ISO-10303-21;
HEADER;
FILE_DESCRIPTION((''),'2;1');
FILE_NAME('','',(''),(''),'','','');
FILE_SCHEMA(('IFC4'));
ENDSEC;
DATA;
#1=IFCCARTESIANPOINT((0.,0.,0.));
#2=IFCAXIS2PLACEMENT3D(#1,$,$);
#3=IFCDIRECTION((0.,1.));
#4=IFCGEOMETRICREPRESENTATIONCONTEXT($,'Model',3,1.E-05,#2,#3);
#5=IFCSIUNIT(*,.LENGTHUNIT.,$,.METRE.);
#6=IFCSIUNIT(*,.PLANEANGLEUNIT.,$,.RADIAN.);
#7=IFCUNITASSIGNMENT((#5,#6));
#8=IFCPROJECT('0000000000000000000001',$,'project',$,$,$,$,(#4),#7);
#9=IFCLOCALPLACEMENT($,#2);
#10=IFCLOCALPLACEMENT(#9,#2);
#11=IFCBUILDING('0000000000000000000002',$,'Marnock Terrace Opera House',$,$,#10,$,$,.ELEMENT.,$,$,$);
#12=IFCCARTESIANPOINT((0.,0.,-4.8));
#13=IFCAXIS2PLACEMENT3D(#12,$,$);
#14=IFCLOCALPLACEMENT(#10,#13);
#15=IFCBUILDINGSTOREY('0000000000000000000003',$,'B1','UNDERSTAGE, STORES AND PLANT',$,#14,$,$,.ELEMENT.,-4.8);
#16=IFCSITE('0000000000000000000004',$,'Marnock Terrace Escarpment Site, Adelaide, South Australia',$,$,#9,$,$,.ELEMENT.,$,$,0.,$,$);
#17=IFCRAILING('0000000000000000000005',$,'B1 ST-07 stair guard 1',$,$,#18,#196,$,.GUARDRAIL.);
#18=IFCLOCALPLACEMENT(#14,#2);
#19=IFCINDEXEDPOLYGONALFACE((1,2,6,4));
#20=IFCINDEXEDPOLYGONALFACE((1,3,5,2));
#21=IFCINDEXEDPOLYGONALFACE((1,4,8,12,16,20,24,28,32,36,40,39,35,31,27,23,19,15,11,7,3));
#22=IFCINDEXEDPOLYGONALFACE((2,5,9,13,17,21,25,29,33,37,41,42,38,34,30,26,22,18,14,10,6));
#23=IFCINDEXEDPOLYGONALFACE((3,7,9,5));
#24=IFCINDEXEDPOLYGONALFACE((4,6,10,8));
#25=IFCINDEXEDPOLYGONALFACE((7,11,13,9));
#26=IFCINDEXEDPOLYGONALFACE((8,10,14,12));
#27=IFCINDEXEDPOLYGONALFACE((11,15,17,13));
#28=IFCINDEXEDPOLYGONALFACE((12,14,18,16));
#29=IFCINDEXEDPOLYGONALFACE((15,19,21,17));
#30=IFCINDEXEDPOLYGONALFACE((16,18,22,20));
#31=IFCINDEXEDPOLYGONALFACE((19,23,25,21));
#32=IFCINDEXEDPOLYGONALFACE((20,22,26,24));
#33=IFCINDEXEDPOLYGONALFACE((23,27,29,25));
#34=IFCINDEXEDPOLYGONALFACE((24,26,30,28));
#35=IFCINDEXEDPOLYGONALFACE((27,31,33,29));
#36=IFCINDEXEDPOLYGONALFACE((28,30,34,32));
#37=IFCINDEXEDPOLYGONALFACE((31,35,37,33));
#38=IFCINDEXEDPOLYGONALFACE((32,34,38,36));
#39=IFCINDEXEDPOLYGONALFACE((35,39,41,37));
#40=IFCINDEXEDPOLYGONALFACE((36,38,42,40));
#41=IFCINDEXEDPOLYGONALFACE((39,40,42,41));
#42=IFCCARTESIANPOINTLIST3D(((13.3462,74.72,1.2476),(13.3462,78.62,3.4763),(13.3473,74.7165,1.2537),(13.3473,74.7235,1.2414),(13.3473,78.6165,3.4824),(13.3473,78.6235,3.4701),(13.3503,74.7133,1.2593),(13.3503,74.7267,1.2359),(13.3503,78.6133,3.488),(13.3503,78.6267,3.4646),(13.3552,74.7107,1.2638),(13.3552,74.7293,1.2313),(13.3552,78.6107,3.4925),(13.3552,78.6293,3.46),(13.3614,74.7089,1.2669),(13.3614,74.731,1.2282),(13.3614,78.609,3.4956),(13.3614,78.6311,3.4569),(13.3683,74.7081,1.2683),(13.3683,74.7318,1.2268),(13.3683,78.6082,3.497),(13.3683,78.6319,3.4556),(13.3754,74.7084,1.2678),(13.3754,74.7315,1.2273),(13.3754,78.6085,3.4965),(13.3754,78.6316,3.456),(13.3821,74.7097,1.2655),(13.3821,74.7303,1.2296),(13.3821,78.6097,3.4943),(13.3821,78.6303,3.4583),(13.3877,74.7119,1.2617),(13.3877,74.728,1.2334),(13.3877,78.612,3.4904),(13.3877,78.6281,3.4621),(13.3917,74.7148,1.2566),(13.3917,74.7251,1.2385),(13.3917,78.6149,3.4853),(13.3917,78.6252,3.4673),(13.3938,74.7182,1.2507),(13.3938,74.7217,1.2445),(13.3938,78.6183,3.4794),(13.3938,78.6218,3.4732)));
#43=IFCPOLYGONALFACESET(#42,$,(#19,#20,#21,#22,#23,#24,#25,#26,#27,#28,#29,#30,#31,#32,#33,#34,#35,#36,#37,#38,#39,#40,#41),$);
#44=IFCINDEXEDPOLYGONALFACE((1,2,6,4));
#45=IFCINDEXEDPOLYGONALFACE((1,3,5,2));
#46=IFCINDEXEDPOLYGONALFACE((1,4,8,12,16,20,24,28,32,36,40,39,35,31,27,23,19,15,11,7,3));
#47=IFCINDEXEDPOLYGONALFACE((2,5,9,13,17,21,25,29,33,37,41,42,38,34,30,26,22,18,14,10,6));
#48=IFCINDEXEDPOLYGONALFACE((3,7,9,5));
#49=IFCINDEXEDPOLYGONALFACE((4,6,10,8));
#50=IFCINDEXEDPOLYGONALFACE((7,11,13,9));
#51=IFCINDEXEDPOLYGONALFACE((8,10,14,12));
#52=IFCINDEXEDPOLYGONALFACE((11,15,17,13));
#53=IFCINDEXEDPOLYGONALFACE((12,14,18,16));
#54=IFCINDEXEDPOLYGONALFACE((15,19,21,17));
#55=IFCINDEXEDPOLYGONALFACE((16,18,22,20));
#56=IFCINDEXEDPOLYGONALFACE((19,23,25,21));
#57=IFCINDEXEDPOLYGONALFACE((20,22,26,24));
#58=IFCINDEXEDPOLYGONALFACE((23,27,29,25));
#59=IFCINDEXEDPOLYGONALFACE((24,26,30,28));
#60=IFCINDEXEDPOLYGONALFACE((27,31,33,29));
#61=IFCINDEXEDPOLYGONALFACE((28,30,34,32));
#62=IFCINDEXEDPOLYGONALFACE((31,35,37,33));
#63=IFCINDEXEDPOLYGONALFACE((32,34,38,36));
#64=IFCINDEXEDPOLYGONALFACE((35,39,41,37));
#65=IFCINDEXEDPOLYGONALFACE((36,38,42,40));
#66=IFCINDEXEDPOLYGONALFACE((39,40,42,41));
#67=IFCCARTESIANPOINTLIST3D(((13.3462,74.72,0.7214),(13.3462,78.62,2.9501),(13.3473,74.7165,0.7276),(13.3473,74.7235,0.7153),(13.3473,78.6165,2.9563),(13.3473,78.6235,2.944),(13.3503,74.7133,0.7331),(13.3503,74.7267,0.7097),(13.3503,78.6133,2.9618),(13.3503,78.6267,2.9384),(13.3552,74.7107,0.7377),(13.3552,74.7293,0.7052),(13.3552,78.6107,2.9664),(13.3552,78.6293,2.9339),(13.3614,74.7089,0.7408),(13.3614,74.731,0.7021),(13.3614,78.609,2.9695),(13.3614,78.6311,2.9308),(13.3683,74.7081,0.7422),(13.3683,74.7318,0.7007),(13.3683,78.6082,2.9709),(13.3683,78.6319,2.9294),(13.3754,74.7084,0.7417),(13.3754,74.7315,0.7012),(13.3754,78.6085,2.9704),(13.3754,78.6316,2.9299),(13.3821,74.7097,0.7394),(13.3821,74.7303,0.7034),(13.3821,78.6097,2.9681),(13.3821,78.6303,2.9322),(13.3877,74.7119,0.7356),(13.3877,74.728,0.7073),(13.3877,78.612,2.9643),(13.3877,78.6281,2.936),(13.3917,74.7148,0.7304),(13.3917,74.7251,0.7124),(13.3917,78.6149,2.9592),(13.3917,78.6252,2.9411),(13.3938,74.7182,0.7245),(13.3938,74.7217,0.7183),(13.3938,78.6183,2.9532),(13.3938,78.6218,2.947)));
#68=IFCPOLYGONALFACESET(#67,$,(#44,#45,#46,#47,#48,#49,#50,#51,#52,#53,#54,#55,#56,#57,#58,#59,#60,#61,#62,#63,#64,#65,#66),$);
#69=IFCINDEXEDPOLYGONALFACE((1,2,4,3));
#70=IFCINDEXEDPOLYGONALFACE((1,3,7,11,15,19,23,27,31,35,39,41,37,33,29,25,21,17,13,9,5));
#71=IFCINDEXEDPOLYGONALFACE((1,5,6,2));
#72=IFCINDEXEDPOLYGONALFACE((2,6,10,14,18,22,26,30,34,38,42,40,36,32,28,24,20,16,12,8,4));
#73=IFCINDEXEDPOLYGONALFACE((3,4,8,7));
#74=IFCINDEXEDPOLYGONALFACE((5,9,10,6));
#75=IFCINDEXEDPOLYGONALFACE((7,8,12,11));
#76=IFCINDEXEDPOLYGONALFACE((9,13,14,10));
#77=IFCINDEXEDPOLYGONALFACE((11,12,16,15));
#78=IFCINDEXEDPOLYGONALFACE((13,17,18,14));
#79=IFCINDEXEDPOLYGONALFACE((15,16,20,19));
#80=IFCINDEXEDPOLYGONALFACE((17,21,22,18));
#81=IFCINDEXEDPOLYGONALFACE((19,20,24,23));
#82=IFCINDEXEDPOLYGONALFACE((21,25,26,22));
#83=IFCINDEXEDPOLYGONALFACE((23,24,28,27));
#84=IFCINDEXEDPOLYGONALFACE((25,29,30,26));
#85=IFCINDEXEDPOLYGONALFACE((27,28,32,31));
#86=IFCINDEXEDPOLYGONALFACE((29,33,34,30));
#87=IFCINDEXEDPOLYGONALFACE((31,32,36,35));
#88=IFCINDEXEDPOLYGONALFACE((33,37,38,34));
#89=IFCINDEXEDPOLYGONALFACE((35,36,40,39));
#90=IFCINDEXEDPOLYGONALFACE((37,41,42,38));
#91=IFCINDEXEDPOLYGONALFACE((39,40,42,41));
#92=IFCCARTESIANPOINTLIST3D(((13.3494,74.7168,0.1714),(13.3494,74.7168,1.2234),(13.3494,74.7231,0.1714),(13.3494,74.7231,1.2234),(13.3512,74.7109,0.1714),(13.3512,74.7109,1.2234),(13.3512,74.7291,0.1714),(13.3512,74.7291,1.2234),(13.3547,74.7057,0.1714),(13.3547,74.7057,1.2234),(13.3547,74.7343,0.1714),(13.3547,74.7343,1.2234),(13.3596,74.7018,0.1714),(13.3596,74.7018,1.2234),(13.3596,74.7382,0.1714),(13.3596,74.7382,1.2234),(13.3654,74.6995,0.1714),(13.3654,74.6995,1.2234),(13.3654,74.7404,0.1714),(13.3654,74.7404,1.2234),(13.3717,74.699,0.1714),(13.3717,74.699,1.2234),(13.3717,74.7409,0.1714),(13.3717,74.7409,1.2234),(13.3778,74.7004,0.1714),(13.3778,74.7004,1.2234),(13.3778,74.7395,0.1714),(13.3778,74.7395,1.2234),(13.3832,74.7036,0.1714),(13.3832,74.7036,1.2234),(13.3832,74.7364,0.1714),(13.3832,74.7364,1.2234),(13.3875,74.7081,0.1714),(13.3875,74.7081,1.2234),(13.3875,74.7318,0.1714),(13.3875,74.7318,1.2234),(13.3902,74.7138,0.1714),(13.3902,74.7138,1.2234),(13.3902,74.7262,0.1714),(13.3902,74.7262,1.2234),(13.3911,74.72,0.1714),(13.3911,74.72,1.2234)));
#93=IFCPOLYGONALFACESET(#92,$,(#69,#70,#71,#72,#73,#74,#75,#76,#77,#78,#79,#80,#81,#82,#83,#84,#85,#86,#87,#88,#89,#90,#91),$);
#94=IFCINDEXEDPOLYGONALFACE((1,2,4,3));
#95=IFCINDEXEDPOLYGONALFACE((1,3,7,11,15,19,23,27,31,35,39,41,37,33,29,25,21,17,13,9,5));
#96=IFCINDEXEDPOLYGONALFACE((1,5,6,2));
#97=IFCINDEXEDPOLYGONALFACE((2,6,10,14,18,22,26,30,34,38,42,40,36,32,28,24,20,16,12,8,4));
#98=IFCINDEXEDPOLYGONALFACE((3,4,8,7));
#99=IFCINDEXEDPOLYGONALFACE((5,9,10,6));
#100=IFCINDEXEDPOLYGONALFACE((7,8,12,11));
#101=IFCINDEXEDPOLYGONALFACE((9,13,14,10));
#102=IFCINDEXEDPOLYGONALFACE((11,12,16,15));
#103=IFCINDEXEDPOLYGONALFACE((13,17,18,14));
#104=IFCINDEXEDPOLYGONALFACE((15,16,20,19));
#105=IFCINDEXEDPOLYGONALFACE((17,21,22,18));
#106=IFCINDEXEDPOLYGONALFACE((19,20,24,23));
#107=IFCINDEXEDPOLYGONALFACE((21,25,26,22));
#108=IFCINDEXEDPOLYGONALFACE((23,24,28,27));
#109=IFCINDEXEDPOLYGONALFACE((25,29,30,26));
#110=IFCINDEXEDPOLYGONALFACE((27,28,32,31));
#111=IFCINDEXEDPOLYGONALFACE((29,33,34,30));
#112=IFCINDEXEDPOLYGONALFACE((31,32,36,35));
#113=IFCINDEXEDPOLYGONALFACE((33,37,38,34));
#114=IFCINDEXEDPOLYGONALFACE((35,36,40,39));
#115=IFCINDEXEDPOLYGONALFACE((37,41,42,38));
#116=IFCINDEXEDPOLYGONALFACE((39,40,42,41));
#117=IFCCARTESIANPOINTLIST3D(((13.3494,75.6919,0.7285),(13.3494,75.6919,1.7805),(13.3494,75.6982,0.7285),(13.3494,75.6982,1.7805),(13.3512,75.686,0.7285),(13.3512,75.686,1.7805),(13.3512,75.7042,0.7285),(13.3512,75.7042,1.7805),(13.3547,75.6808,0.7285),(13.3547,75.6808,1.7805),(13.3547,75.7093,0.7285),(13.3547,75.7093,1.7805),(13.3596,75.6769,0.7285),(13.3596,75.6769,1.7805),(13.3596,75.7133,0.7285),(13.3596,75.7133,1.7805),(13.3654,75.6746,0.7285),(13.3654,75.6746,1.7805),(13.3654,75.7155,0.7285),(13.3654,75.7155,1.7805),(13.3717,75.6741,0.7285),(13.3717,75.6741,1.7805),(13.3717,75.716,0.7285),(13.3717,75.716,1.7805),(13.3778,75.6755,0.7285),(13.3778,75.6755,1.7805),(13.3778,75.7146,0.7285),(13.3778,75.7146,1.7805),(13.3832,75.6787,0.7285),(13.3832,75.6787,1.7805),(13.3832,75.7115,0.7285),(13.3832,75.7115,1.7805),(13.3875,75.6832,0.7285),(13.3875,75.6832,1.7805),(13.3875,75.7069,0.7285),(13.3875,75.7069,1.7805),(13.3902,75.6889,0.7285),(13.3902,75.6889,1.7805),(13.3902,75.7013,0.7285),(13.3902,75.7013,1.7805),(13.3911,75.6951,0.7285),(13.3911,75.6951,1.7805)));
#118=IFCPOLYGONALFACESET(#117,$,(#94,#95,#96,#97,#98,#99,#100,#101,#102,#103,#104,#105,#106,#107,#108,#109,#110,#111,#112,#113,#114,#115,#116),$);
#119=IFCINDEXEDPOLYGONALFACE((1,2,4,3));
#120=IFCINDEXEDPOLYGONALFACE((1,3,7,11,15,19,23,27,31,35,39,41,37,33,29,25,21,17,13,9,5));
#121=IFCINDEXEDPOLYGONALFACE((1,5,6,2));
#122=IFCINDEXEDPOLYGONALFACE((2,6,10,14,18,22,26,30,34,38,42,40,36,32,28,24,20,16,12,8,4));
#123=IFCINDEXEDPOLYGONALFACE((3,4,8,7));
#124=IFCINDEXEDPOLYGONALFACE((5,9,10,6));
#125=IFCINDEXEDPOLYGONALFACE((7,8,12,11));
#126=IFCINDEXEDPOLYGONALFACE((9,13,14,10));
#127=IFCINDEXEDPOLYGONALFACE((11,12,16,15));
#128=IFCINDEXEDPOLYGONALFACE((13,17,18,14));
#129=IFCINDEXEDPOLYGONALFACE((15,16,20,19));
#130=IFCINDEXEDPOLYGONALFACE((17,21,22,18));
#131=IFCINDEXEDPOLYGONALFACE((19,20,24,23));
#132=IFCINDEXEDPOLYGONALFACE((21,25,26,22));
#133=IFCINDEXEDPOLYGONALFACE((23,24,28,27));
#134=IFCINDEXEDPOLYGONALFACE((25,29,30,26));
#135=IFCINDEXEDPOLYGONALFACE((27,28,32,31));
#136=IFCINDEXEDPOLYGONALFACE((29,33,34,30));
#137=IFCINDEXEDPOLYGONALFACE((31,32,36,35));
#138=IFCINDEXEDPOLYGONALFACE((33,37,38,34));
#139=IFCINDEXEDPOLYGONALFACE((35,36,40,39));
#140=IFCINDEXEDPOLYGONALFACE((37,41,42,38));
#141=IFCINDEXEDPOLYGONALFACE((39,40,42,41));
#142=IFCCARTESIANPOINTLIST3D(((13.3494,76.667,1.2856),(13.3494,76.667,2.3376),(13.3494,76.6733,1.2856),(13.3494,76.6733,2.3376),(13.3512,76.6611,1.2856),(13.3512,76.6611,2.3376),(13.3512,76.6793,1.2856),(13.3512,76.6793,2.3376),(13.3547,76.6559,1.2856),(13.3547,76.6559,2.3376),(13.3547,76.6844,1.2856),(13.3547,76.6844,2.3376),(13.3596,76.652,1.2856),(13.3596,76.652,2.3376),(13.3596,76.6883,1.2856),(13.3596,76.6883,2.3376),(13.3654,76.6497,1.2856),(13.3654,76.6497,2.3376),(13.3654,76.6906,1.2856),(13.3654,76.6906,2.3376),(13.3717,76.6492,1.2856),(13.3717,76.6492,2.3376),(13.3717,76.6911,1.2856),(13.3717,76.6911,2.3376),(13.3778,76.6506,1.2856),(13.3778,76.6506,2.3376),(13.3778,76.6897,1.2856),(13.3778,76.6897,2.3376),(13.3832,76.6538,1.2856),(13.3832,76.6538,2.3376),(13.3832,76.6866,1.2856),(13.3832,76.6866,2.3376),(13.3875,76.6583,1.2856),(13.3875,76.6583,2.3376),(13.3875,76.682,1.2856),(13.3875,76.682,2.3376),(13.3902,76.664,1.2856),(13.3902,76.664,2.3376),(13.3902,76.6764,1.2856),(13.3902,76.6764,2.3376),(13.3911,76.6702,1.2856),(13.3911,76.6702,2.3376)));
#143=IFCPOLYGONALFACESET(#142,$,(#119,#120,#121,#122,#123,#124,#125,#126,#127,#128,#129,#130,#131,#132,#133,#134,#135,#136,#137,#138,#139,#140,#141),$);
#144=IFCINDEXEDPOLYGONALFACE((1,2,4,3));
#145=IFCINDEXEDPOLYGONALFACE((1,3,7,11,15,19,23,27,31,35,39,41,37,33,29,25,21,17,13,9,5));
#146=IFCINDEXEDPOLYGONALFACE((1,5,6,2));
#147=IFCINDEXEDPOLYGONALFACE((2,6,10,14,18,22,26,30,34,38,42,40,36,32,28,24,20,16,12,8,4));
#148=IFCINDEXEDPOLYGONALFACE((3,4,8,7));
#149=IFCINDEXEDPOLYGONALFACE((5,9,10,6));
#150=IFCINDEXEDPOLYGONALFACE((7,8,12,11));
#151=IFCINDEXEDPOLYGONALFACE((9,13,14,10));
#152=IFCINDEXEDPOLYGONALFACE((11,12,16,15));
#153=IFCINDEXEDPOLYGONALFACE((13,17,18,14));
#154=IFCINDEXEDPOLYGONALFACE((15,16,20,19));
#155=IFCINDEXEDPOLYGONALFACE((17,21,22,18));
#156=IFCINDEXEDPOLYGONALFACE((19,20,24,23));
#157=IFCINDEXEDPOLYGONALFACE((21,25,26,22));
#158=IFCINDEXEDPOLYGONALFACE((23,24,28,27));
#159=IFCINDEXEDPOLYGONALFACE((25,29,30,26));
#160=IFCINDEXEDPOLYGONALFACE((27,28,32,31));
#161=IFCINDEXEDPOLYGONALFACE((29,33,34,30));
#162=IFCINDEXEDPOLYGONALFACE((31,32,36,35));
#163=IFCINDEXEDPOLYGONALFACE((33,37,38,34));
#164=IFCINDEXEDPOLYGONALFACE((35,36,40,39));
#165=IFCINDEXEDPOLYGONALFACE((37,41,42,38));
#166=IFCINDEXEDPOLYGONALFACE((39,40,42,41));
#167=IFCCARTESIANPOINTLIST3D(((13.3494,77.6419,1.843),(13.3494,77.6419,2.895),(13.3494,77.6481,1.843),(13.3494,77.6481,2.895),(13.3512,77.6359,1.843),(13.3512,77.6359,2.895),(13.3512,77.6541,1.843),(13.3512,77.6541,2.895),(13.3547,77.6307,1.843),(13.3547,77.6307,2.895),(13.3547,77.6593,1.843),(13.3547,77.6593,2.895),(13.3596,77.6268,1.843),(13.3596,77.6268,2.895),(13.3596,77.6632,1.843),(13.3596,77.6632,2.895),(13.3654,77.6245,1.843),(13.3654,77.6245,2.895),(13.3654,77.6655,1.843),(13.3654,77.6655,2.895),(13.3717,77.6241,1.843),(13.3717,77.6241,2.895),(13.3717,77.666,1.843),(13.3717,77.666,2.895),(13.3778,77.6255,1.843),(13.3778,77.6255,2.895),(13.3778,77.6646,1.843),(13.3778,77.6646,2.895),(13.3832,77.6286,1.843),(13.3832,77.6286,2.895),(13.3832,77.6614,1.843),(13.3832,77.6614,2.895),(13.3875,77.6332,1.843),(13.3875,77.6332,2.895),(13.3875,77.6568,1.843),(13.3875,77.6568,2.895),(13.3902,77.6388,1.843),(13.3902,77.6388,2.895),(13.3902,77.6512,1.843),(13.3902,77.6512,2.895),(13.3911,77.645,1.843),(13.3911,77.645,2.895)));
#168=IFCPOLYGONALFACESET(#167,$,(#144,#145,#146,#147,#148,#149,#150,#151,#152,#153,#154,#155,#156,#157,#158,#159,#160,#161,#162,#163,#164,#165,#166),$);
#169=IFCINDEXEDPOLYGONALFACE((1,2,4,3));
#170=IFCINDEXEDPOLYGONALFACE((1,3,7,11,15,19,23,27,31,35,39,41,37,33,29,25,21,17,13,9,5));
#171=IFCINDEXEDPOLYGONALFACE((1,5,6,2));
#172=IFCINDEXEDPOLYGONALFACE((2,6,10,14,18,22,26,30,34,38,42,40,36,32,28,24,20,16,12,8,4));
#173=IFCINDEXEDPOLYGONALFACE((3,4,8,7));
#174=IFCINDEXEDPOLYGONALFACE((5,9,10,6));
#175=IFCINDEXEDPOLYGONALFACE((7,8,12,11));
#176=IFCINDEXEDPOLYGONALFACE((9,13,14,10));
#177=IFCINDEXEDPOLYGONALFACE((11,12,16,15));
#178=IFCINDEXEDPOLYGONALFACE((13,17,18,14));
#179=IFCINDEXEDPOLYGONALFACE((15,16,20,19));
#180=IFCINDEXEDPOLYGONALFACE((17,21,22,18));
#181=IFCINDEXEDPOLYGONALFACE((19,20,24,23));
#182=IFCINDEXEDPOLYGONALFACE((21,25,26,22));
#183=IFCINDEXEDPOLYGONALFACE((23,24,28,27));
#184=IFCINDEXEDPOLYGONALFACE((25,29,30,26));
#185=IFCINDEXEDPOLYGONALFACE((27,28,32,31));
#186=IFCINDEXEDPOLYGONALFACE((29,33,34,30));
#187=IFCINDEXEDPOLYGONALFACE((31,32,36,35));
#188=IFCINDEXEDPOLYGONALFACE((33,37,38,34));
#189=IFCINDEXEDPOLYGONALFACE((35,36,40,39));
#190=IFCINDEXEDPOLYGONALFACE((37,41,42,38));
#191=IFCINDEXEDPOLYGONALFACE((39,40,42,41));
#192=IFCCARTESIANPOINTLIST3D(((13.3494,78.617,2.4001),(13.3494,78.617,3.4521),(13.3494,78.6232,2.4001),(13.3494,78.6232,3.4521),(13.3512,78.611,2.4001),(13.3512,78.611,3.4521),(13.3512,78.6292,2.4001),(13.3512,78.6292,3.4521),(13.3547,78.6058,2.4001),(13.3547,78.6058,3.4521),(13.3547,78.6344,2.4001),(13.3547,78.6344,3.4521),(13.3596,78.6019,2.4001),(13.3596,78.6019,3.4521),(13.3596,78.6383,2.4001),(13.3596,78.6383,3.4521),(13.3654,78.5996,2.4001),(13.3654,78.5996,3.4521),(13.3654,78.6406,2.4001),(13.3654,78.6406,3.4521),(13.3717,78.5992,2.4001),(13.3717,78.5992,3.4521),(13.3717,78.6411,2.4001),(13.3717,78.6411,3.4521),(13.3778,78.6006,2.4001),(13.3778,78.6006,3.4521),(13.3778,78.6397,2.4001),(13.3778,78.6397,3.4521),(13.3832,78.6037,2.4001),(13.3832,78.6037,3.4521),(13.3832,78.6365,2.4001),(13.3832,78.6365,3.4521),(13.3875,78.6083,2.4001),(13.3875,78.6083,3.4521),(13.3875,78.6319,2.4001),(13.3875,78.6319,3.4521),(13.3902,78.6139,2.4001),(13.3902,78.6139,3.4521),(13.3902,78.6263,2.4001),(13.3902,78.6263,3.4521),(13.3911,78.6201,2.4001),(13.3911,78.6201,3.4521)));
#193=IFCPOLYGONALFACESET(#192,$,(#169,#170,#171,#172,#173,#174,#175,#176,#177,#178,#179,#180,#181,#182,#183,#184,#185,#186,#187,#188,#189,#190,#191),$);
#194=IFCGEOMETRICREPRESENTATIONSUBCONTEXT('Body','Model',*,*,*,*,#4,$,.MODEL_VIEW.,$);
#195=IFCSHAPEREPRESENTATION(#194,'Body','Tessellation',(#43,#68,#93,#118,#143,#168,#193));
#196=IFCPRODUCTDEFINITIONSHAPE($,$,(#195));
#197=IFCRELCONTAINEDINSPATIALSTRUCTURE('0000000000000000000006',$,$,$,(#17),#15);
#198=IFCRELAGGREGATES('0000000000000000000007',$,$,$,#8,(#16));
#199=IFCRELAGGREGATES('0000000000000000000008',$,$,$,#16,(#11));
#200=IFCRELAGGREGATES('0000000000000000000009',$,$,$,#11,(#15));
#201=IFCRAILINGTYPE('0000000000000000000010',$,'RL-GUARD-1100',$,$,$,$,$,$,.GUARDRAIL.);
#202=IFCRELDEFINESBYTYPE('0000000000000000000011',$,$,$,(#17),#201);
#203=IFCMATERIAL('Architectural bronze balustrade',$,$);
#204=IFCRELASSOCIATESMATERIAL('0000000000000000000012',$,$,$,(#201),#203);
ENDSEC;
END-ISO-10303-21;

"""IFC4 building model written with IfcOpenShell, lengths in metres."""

from ifc_helpers import new_model, si_unit, direction, frame, origin, origin_2d, place, context, subcontext, project, spatial, circle, extrude, material, type_object, element, save


model = new_model("IFC4")

# Units and contexts
model_context = context("Model", 3, precision=1e-05, world=origin(), true_north=direction((0.0, 1.0)))
body_context = subcontext(model_context, "Body", "Model", "MODEL_VIEW")
ifc_project = project(units=[si_unit("LENGTHUNIT", "METRE"), si_unit("PLANEANGLEUNIT", "RADIAN")], contexts=[model_context])

# Site, building, storey
site_placement = place(None, origin())
site = spatial("IfcSite", under=ifc_project, at=site_placement, Name="Marnock Terrace Escarpment Site, Adelaide, South Australia", CompositionType="ELEMENT", RefElevation=0.0)
building_placement = place(site_placement, origin())
building = spatial("IfcBuilding", under=site, at=building_placement, Name="Marnock Terrace Opera House", CompositionType="ELEMENT")
storey_placement = place(building_placement, frame((0.0, 0.0, -4.8)))
storey = spatial("IfcBuildingStorey", under=building, at=storey_placement, Name="B1", Description="UNDERSTAGE, STORES AND PLANT", CompositionType="ELEMENT", Elevation=-4.8)

# Railing
ifc_material_1 = material(Name="Architectural bronze balustrade")
railing_type_1 = type_object("IfcRailingType", Name="RL-GUARD-1100", PredefinedType="GUARDRAIL", material=ifc_material_1)
railing_1_placement = place(storey_placement, frame((13.3701, 74.72, 0.1714)))
element("IfcRailing", 1, at=railing_1_placement, inside=storey, type_object=railing_type_1, Name="B1 ST-07 stair guard 1", PredefinedType="GUARDRAIL", context=body_context, shape_type="SweptSolid", body=[
    extrude(circle(Radius=0.0239, at=origin_2d()), frame((0.0, 0.0, 1.0762), z_axis=(0.0, 0.868233, 0.496156), x_axis=(-1.0, 0.0, 0.0)), (0.0, 0.0, 1.0), 4.4919),
    extrude(circle(Radius=0.0239, at=origin_2d()), frame((0.0, 0.0, 0.55), z_axis=(0.0, 0.868233, 0.496156), x_axis=(-1.0, 0.0, 0.0)), (0.0, 0.0, 1.0), 4.4919),
    extrude(circle(Radius=0.021, at=origin_2d()), origin(), (0.0, 0.0, 1.0), 1.052),
    extrude(circle(Radius=0.021, at=origin_2d()), frame((0.0, 0.9751, 0.5571)), (0.0, 0.0, 1.0), 1.052),
    extrude(circle(Radius=0.021, at=origin_2d()), frame((0.0, 1.9502, 1.1143)), (0.0, 0.0, 1.0), 1.052),
    extrude(circle(Radius=0.021, at=origin_2d()), frame((0.0, 2.925, 1.6716)), (0.0, 0.0, 1.0), 1.052),
    extrude(circle(Radius=0.021, at=origin_2d()), frame((0.0, 3.9001, 2.2288)), (0.0, 0.0, 1.0), 1.052),
])

save(model, "model.ifc")
